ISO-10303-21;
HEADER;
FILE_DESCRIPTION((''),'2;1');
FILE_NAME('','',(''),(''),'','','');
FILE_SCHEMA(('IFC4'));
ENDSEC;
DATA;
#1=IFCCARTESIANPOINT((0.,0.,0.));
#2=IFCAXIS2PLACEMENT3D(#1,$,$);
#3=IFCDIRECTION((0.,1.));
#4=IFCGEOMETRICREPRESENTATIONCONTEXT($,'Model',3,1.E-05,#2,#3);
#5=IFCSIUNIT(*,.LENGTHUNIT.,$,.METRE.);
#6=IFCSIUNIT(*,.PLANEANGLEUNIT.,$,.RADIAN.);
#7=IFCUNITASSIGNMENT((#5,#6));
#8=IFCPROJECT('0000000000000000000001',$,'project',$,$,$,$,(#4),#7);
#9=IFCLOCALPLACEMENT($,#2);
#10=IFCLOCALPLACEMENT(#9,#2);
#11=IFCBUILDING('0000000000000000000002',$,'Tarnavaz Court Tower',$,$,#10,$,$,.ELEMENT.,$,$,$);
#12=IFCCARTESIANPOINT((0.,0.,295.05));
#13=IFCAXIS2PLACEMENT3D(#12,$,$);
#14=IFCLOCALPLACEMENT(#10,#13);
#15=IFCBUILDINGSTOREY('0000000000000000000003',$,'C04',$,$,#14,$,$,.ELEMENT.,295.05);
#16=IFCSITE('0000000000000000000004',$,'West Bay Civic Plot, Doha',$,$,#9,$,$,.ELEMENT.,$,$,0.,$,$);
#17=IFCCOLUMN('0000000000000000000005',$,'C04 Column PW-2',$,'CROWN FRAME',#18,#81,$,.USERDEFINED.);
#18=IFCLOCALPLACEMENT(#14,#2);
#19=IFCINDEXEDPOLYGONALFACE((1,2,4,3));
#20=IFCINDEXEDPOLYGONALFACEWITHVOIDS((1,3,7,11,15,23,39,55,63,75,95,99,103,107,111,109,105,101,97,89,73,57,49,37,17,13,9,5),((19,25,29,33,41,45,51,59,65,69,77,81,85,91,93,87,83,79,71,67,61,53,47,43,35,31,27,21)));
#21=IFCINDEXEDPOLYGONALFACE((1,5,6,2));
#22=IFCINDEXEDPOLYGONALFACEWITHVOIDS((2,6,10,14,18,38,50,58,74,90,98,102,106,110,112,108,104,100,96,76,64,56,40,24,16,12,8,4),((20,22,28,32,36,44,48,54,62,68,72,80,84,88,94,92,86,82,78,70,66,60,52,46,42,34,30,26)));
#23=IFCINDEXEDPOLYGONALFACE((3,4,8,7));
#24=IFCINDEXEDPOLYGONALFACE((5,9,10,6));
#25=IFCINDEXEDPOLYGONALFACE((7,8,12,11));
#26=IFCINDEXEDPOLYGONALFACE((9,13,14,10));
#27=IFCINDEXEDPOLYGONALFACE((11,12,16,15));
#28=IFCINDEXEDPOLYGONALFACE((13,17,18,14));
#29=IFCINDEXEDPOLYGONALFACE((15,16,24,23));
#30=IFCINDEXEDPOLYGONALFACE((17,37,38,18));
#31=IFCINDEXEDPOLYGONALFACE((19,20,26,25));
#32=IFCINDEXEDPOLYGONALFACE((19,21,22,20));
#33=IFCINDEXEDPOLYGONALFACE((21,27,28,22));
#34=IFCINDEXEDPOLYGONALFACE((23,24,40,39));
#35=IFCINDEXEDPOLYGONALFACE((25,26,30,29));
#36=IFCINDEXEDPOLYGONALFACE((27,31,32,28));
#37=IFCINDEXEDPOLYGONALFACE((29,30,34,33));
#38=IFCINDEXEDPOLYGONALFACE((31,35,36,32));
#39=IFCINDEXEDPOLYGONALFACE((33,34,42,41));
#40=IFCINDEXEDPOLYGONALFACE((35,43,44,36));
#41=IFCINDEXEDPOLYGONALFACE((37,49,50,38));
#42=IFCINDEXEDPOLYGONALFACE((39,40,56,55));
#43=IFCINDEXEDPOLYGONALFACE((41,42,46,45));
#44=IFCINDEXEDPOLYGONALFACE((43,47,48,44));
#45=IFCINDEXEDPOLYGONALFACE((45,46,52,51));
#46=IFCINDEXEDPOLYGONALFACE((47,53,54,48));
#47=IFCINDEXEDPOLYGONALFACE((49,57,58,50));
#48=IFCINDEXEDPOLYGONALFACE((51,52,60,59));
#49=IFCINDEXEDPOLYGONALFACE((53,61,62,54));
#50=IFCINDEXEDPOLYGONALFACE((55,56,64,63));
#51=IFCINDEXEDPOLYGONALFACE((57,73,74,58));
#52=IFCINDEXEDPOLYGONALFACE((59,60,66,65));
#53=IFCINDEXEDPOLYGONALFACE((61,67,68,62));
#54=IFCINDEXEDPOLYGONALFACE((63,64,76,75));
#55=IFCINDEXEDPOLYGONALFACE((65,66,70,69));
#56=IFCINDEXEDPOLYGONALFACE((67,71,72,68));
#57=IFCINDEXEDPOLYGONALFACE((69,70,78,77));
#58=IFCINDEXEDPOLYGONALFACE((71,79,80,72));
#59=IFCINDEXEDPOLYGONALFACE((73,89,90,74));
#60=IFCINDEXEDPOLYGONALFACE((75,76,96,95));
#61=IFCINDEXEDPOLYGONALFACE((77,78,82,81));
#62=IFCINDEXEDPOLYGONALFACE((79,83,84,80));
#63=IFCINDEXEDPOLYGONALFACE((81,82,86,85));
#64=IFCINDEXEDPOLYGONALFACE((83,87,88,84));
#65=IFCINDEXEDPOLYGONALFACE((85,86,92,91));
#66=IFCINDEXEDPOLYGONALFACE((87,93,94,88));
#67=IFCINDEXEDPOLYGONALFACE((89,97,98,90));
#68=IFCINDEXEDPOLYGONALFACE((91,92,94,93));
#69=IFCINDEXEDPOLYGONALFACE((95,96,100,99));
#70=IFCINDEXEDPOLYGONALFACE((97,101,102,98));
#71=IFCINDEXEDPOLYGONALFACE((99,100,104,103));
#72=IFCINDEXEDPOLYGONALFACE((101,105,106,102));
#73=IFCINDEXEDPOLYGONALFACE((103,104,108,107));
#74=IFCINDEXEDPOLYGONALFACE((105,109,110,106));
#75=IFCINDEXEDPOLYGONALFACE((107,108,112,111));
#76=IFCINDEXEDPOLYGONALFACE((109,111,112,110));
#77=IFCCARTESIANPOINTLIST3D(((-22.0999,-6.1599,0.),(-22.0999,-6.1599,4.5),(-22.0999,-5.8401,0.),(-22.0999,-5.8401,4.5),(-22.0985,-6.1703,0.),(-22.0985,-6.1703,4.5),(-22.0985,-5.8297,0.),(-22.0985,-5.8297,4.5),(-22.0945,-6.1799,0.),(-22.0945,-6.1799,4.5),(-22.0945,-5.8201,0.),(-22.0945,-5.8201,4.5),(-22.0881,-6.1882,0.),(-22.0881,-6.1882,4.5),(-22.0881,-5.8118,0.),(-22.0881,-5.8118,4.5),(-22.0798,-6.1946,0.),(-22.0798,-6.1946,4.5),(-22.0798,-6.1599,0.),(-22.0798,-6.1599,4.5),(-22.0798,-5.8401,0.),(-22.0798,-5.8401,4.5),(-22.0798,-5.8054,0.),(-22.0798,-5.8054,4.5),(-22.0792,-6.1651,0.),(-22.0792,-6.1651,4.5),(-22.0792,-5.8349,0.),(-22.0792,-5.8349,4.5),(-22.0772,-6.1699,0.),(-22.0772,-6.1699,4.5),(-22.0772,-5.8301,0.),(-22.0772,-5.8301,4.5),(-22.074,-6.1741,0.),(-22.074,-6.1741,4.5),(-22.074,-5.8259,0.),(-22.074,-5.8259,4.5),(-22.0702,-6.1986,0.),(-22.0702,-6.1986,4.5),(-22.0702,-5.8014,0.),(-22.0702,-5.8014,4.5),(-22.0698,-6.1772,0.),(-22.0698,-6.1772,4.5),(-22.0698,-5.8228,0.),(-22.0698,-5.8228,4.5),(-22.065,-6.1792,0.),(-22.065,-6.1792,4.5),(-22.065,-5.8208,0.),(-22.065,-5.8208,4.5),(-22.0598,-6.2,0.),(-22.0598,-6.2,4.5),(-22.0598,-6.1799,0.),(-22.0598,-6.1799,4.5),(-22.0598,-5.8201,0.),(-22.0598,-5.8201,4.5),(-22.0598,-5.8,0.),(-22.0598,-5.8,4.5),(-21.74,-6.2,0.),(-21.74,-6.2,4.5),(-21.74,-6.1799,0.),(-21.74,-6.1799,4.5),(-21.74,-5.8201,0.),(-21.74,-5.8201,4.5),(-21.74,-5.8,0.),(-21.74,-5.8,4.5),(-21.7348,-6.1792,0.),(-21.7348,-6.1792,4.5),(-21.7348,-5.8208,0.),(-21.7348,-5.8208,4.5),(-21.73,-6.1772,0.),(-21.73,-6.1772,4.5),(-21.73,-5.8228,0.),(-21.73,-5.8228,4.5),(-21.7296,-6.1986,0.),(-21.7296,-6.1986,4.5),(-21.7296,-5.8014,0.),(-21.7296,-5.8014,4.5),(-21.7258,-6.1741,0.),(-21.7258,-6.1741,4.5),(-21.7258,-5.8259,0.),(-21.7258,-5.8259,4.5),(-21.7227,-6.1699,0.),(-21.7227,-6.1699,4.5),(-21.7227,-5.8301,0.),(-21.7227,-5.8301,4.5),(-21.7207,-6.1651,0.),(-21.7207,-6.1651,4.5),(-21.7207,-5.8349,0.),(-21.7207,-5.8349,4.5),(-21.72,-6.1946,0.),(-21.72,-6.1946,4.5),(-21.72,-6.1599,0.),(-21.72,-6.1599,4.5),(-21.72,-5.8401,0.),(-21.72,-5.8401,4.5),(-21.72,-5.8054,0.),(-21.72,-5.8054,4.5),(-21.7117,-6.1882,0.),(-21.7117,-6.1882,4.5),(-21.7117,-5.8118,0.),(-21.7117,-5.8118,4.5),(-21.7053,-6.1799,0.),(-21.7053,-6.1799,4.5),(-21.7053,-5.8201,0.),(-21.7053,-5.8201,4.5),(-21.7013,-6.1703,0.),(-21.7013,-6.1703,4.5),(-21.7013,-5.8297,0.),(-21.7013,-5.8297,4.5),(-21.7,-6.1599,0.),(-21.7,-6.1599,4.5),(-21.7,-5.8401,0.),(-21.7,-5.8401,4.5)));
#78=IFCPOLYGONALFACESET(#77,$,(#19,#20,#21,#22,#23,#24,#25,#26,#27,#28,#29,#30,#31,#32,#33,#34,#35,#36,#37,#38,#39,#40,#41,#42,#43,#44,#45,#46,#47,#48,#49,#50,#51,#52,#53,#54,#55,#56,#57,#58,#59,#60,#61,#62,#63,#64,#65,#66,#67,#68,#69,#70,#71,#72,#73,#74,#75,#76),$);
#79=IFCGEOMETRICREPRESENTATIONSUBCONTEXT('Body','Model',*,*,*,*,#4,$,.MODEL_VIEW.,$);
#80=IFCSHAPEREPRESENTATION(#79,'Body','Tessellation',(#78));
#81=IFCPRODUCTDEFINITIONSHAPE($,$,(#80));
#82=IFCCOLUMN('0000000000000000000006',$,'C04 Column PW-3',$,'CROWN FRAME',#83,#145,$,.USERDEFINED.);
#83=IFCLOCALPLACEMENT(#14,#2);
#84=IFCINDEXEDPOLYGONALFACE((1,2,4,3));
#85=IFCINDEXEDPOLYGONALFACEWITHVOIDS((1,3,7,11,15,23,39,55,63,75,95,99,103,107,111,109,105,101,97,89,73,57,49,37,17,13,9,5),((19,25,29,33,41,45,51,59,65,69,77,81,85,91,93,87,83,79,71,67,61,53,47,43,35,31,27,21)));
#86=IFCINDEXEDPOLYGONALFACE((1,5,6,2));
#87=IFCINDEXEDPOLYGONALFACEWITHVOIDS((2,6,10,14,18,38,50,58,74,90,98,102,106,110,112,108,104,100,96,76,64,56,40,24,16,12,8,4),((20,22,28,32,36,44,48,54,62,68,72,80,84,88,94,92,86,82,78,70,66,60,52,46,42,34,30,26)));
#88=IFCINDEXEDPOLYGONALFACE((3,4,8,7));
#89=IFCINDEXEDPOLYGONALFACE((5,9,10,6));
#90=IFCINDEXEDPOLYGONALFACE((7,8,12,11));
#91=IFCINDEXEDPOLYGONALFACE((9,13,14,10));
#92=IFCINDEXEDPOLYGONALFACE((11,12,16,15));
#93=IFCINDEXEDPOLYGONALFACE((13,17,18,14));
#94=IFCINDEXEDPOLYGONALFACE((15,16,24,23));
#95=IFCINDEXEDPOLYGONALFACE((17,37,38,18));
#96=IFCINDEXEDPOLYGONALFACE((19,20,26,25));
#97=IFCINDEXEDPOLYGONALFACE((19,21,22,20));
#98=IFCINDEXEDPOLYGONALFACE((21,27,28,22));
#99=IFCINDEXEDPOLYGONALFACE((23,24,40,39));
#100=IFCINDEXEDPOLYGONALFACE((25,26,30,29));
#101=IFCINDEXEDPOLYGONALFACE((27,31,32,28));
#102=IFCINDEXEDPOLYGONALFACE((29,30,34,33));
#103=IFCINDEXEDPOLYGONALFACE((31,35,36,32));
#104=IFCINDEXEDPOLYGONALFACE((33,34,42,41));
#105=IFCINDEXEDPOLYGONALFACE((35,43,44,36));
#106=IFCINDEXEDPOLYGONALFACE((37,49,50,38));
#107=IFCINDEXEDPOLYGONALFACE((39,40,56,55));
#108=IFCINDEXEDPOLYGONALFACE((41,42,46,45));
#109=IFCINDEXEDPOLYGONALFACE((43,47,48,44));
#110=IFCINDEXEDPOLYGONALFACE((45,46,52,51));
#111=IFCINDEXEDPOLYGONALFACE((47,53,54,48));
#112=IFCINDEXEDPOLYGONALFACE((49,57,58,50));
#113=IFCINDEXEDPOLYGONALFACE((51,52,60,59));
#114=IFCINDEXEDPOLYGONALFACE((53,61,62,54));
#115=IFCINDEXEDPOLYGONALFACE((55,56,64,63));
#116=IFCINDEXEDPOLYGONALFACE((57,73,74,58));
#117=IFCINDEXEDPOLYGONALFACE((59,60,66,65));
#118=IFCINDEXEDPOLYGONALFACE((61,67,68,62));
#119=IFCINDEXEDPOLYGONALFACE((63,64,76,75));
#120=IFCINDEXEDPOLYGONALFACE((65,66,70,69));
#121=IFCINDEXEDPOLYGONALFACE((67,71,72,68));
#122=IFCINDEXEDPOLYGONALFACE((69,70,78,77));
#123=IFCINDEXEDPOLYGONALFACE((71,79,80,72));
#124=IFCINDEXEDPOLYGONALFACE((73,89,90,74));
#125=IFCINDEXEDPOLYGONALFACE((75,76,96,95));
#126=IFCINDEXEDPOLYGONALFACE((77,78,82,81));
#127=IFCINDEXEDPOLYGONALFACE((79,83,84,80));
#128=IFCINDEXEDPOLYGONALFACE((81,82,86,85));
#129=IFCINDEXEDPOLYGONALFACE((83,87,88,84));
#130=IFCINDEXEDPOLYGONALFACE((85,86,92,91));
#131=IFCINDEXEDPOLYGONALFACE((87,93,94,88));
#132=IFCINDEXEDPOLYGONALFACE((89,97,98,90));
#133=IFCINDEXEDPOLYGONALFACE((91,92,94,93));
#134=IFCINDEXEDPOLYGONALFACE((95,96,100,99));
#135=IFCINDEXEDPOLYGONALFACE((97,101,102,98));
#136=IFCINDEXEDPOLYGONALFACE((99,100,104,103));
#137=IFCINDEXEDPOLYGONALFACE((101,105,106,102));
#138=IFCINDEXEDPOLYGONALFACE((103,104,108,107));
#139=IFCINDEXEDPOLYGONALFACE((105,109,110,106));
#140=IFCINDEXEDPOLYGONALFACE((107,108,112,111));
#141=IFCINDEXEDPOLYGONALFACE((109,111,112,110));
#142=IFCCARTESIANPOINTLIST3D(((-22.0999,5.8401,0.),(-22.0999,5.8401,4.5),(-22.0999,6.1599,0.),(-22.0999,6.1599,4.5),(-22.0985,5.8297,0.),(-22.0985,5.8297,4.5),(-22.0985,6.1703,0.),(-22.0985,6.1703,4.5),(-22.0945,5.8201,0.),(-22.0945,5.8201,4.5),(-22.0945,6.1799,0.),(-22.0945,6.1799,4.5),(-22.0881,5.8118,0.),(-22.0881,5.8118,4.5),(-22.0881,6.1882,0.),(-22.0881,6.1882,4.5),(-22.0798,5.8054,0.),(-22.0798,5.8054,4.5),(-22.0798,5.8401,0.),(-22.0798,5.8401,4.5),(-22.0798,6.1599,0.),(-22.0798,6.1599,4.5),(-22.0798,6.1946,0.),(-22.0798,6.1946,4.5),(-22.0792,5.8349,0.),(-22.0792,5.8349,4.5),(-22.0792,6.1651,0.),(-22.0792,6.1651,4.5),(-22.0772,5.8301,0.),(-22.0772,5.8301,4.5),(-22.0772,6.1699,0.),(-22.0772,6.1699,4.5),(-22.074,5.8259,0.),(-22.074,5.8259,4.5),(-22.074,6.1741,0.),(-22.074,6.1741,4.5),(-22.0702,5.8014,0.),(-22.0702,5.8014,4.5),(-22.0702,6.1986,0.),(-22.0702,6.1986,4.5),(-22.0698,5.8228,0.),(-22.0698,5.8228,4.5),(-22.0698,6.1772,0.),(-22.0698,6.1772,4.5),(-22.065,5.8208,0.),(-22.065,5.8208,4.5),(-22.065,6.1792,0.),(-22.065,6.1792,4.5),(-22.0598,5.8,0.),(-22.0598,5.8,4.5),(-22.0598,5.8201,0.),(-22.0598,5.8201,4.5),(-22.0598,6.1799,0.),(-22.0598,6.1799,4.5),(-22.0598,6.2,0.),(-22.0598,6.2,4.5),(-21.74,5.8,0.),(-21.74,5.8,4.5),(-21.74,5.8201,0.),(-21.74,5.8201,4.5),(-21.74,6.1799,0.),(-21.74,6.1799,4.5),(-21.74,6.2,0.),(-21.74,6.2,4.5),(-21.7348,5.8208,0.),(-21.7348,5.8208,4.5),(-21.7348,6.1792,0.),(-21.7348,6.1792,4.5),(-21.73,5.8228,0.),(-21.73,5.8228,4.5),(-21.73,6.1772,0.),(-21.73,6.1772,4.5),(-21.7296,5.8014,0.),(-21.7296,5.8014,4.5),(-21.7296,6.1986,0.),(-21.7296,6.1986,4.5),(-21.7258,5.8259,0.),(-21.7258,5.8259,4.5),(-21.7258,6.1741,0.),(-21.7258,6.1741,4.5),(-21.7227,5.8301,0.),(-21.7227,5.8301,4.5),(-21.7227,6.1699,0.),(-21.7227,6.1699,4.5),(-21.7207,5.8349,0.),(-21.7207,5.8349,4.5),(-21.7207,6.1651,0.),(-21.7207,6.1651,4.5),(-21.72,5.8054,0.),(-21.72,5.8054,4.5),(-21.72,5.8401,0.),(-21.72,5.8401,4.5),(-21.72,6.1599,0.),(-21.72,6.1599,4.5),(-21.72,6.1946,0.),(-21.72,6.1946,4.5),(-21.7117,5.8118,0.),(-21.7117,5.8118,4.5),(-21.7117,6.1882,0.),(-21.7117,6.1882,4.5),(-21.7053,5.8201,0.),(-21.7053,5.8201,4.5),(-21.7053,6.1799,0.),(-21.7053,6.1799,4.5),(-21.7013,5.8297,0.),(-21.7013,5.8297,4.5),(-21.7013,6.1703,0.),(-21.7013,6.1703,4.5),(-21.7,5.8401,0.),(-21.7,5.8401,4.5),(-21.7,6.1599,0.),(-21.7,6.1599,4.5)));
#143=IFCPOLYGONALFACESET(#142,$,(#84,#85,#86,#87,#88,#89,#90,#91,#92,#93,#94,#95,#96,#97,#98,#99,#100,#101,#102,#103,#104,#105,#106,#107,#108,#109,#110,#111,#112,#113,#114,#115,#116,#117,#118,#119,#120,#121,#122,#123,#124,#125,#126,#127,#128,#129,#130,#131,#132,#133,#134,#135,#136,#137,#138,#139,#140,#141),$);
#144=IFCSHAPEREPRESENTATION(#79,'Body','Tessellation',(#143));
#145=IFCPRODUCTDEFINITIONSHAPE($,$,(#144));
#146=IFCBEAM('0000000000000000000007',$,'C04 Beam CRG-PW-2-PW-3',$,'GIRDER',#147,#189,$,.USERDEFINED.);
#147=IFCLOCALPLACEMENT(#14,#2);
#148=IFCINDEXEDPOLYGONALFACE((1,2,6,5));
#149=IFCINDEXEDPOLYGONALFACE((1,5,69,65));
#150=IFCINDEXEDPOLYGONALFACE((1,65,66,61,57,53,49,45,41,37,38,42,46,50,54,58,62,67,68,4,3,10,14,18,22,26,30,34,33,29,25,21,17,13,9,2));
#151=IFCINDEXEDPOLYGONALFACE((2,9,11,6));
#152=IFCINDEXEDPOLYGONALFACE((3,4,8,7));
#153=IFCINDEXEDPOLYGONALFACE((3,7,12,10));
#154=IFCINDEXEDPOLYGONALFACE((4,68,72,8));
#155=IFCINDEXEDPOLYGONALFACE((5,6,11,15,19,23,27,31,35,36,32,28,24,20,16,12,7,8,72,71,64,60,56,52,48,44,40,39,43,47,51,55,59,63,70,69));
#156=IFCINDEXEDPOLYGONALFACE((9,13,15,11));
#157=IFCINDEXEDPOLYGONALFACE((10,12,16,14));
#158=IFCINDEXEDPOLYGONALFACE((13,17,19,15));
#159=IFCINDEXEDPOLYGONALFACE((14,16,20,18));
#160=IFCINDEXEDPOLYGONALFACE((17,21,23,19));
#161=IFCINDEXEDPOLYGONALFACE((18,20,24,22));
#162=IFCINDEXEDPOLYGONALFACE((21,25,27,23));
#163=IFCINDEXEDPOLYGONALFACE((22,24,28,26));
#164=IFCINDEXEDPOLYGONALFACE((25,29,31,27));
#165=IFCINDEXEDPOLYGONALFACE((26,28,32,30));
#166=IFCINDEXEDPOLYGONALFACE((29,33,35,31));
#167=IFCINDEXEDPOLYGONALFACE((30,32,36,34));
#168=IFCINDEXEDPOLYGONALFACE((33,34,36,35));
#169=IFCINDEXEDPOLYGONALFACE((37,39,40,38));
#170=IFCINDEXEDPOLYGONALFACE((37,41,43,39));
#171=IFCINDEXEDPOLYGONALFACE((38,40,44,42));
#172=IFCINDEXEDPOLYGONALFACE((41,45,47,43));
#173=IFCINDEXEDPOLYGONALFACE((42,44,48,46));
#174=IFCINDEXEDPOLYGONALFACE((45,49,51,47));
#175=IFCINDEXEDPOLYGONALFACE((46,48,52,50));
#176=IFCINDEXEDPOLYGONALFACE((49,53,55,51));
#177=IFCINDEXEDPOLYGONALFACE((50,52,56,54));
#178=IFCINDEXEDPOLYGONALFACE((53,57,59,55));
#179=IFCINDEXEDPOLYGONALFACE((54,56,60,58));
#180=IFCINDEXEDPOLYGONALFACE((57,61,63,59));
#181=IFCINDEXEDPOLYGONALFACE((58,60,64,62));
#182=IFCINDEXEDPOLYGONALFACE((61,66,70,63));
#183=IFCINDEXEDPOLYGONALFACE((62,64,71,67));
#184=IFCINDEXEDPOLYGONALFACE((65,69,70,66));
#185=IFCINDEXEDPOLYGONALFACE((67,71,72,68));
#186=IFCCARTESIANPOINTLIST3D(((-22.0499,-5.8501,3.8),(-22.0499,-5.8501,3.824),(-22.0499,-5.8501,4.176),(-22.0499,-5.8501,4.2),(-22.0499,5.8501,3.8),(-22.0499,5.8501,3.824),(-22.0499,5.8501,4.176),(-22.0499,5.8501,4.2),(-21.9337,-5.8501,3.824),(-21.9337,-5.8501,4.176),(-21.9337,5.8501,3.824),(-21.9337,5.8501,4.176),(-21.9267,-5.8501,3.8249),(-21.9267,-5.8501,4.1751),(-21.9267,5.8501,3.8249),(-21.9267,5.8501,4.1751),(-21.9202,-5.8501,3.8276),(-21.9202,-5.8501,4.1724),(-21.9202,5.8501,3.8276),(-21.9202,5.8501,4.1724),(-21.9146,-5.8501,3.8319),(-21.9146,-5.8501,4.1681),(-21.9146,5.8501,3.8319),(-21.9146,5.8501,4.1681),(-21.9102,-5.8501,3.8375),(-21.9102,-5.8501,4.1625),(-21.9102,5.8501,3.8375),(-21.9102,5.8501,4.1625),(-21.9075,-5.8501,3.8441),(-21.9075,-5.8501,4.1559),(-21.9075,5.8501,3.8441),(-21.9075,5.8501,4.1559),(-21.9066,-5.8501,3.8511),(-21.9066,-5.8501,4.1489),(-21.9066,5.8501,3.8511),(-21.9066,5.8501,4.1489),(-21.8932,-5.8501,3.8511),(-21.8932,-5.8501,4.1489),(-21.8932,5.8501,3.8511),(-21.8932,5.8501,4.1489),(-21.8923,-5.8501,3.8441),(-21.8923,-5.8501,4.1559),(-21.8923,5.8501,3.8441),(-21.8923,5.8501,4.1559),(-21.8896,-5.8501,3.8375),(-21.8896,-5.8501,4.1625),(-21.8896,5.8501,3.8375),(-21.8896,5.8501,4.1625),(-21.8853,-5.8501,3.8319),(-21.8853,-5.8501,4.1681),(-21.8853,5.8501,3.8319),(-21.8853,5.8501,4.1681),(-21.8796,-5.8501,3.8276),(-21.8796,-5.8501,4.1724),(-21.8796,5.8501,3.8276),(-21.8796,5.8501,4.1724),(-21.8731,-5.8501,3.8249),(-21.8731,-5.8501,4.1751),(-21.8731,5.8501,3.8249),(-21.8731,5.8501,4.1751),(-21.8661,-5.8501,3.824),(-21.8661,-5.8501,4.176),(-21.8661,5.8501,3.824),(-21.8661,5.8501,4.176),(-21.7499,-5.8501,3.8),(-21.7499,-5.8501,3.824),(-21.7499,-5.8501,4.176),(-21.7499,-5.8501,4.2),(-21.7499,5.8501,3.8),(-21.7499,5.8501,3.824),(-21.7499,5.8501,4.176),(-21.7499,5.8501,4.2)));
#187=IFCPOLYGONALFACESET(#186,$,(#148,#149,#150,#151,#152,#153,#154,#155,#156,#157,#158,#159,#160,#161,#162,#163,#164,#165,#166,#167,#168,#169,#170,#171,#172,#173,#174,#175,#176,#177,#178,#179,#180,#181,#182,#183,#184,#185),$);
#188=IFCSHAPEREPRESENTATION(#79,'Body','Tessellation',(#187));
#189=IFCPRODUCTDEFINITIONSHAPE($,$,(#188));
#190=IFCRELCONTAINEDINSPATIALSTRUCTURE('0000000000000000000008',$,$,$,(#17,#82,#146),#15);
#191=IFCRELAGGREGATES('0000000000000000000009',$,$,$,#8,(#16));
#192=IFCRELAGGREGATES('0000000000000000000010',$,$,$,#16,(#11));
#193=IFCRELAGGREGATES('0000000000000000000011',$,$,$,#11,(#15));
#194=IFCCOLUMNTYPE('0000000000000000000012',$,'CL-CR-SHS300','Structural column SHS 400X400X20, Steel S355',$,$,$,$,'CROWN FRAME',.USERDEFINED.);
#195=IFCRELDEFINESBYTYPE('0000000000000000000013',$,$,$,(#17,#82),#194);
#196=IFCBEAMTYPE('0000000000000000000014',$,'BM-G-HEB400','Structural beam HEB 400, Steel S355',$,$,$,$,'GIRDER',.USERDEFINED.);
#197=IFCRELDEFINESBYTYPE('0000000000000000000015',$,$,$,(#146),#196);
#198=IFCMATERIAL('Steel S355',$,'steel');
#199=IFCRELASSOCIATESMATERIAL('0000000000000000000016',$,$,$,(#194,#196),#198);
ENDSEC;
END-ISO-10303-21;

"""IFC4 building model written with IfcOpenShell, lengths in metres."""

from ifc_helpers import new_model, si_unit, direction, frame, origin, origin_2d, place, context, subcontext, project, spatial, hollow_rectangle, i_section, extrude, material, material_profile, profile_set, type_object, element, save


model = new_model("IFC4")

# Units and contexts
model_context = context("Model", 3, precision=1e-05, world=origin(), true_north=direction((0.0, 1.0)))
body_context = subcontext(model_context, "Body", "Model", "MODEL_VIEW")
ifc_project = project(units=[si_unit("LENGTHUNIT", "METRE"), si_unit("PLANEANGLEUNIT", "RADIAN")], contexts=[model_context])

# Site, building, storey
site_placement = place(None, origin())
site = spatial("IfcSite", under=ifc_project, at=site_placement, Name="West Bay Civic Plot, Doha", CompositionType="ELEMENT", RefElevation=0.0)
building_placement = place(site_placement, origin())
building = spatial("IfcBuilding", under=site, at=building_placement, Name="Tarnavaz Court Tower", CompositionType="ELEMENT")
storey_placement = place(building_placement, frame((0.0, 0.0, 295.05)))
storey = spatial("IfcBuildingStorey", under=building, at=storey_placement, Name="C04", CompositionType="ELEMENT", Elevation=295.05)

# Columns
ifc_material_1 = material(Name="Steel S355", Category="steel")
ifc_material_profile_1 = material_profile(ifc_material_1, hollow_rectangle(XDim=0.3999, YDim=0.3999, WallThickness=0.02, InnerFilletRadius=0.02, OuterFilletRadius=0.04, at=origin_2d()), Name="SHS 400X400X20")
ifc_profile_set_1 = profile_set([ifc_material_profile_1], Name="Steel S355")
column_type = type_object("IfcColumnType", Name="CL-CR-SHS300", Description="Structural column SHS 400X400X20, Steel S355", ElementType="CROWN FRAME", PredefinedType="USERDEFINED", material=ifc_profile_set_1)
for number, where, z_axis, x_axis, name in (
    (1, (-21.8999, -6.0, 0.0), (0.0, 0.0, 1.0), (1.0, 0.0, 0.0), "C04 Column PW-2"),
    (2, (-21.8999, 6.0, 0.0), (0.0, 0.0, 1.0), (1.0, 0.0, 0.0), "C04 Column PW-3"),
):
    element("IfcColumn", number, at=place(storey_placement, frame(where, z_axis=z_axis, x_axis=x_axis)), inside=storey, type_object=column_type, Name=name, ObjectType="CROWN FRAME", PredefinedType="USERDEFINED", context=body_context, shape_type="SweptSolid", body=[
        extrude(hollow_rectangle(XDim=0.3999, YDim=0.3999, WallThickness=0.02, InnerFilletRadius=0.02, OuterFilletRadius=0.04, at=origin_2d()), origin(), (0.0, 0.0, 1.0), 4.5),
    ])

# Beam
ifc_material_profile_2 = material_profile(ifc_material_1, i_section(OverallWidth=0.3, OverallDepth=0.3999, WebThickness=0.0134, FlangeThickness=0.0239, FilletRadius=0.0271, at=origin_2d()), Name="HEB 400")
ifc_profile_set_2 = profile_set([ifc_material_profile_2], Name="Steel S355")
beam_type = type_object("IfcBeamType", Name="BM-G-HEB400", Description="Structural beam HEB 400, Steel S355", ElementType="GIRDER", PredefinedType="USERDEFINED", material=ifc_profile_set_2)
beam_1_placement = place(storey_placement, frame((-21.8999, -5.8501, 4.0), z_axis=(0.0, 1.0, 0.0), x_axis=(-1.0, 0.0, 0.0)))
element("IfcBeam", 3, at=beam_1_placement, inside=storey, type_object=beam_type, Name="C04 Beam CRG-PW-2-PW-3", ObjectType="GIRDER", PredefinedType="USERDEFINED", context=body_context, shape_type="SweptSolid", body=[
    extrude(i_section(OverallWidth=0.3, OverallDepth=0.3999, WebThickness=0.0134, FlangeThickness=0.0239, FilletRadius=0.0271, at=origin_2d()), origin(), (0.0, 0.0, 1.0), 11.7002),
])

save(model, "model.ifc")
